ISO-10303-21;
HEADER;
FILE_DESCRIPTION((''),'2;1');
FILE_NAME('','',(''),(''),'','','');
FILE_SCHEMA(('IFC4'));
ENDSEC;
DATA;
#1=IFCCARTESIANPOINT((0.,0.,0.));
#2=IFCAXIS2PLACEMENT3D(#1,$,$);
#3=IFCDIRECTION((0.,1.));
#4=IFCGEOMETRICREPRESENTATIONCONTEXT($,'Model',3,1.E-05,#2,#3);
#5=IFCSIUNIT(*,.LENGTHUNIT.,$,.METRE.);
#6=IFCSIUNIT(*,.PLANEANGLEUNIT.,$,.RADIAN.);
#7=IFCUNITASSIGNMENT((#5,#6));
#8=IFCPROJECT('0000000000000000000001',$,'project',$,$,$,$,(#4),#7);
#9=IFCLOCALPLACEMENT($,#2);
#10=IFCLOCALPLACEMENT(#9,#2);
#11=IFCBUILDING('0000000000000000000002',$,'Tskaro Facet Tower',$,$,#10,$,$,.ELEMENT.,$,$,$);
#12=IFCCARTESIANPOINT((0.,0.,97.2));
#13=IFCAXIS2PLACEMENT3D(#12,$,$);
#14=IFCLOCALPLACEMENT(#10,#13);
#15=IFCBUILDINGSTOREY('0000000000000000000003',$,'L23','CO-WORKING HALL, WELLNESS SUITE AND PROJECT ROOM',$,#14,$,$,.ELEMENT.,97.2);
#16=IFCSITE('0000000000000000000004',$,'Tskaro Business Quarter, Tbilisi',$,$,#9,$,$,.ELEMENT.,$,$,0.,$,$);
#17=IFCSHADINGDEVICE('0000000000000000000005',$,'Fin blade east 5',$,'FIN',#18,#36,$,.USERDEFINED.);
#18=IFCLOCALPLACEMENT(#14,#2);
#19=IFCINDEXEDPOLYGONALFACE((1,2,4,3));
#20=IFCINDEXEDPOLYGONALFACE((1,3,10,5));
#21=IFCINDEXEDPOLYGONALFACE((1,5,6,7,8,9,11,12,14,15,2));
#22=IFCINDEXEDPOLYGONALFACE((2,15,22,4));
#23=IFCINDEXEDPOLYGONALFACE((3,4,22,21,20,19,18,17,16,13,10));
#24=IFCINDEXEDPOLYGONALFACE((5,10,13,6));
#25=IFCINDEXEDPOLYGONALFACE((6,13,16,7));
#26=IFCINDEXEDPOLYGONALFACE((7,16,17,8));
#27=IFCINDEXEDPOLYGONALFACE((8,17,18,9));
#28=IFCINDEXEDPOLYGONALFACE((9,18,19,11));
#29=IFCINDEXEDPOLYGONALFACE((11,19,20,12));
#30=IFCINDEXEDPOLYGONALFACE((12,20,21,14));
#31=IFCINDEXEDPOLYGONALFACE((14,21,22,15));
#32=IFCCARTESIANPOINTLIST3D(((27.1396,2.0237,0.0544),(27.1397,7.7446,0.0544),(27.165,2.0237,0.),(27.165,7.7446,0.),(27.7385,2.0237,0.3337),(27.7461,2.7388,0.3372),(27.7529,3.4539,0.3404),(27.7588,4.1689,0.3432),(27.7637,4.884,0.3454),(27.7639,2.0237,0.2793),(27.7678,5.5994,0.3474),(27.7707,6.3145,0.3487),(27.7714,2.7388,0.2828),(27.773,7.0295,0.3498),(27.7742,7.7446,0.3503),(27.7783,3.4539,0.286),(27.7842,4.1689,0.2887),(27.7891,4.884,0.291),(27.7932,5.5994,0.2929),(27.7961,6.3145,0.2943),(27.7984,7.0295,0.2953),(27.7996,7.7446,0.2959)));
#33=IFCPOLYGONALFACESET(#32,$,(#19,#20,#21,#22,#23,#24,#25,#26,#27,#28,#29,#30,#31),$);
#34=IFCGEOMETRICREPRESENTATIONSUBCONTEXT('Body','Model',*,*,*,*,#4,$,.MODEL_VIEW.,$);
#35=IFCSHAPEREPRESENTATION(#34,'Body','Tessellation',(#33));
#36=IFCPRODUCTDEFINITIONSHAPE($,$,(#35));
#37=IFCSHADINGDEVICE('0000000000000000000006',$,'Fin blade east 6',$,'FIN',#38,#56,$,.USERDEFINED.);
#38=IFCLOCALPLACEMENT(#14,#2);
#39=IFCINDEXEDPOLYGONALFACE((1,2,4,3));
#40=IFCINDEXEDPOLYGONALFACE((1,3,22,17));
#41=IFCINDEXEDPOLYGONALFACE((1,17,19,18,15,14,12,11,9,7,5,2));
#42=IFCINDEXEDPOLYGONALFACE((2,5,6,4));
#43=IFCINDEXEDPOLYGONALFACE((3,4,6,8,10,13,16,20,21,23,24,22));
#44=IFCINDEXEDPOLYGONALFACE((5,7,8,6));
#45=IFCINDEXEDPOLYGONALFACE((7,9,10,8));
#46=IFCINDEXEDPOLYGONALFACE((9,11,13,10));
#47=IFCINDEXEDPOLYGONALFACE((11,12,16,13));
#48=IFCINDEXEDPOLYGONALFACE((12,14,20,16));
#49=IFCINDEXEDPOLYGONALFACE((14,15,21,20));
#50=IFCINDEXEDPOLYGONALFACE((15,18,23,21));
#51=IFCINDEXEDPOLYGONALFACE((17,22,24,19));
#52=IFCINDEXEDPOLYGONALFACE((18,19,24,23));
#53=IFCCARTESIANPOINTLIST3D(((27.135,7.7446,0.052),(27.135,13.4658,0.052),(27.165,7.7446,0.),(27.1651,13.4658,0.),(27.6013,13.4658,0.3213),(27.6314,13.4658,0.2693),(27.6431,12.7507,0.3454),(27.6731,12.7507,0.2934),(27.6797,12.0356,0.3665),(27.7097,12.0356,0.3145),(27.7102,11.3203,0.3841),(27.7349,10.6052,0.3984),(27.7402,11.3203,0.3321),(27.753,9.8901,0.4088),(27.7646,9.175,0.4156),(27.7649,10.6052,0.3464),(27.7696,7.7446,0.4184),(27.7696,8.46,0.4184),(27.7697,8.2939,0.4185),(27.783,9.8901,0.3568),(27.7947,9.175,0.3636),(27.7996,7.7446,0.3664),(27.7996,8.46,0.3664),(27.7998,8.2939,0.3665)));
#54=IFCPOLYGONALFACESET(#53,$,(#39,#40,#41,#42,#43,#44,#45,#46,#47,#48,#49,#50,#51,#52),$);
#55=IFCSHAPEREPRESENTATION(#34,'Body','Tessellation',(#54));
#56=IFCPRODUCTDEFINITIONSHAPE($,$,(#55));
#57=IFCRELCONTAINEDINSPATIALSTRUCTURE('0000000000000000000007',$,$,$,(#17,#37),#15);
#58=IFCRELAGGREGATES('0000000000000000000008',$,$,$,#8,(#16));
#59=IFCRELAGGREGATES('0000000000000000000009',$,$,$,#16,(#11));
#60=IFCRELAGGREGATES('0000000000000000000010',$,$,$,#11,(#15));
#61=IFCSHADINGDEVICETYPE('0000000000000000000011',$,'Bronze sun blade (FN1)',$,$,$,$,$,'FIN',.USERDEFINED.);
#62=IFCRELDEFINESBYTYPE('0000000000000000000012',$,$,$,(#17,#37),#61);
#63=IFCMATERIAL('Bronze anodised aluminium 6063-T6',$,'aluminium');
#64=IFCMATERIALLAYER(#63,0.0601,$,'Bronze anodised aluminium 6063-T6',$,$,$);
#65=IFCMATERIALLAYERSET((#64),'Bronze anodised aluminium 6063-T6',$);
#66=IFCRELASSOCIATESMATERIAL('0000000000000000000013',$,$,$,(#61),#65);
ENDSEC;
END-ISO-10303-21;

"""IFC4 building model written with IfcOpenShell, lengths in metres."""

from ifc_helpers import new_model, si_unit, direction, frame, origin, place, context, subcontext, project, spatial, polyline, outline, extrude, material, layer, layer_set, type_object, element, save


model = new_model("IFC4")

# Units and contexts
model_context = context("Model", 3, precision=1e-05, world=origin(), true_north=direction((0.0, 1.0)))
body_context = subcontext(model_context, "Body", "Model", "MODEL_VIEW")
ifc_project = project(units=[si_unit("LENGTHUNIT", "METRE"), si_unit("PLANEANGLEUNIT", "RADIAN")], contexts=[model_context])

# Site, building, storey
site_placement = place(None, origin())
site = spatial("IfcSite", under=ifc_project, at=site_placement, Name="Tskaro Business Quarter, Tbilisi", CompositionType="ELEMENT", RefElevation=0.0)
building_placement = place(site_placement, origin())
building = spatial("IfcBuilding", under=site, at=building_placement, Name="Tskaro Facet Tower", CompositionType="ELEMENT")
storey_placement = place(building_placement, frame((0.0, 0.0, 97.2)))
storey = spatial("IfcBuildingStorey", under=building, at=storey_placement, Name="L23", Description="CO-WORKING HALL, WELLNESS SUITE AND PROJECT ROOM", CompositionType="ELEMENT", Elevation=97.2)

# Shared definitions
ifc_material_1 = material(Name="Bronze anodised aluminium 6063-T6", Category="aluminium")

# Shading devices
ifc_layer_1 = layer(ifc_material_1, 0.0601, Name="Bronze anodised aluminium 6063-T6")
ifc_layer_set_1 = layer_set([ifc_layer_1], Name="Bronze anodised aluminium 6063-T6")
shading_device_type = type_object("IfcShadingDeviceType", Name="Bronze sun blade (FN1)", ElementType="FIN", PredefinedType="USERDEFINED", material=ifc_layer_set_1)
shading_device_1_placement = place(storey_placement, frame((27.1396, 2.0237, 0.0544), z_axis=(-0.422625, 0.000001, 0.906305), x_axis=(0.000001, 1.0, -0.000001)))
element("IfcShadingDevice", 1, at=shading_device_1_placement, inside=storey, type_object=shading_device_type, Name="Fin blade east 5", ObjectType="FIN", PredefinedType="USERDEFINED", context=body_context, shape_type="SweptSolid", body=[
    extrude(outline(polyline([(0.0, 0.0), (5.7209, 0.0), (5.7209, -0.7001), (5.0059, -0.6988), (4.2908, -0.6963), (3.5757, -0.6931), (2.8604, -0.6885), (2.1453, -0.6832), (1.4302, -0.6766), (0.7151, -0.6691), (0.0, -0.6608), (0.0, 0.0)])), origin(), (0.0, 0.0, -1.0), 0.0601),
])
shading_device_2_placement = place(storey_placement, frame((27.135, 7.7446, 0.052), z_axis=(-0.500067, 0.000003, 0.865987), x_axis=(0.000002, 1.0, -0.000003)))
element("IfcShadingDevice", 2, at=shading_device_2_placement, inside=storey, type_object=shading_device_type, Name="Fin blade east 6", ObjectType="FIN", PredefinedType="USERDEFINED", context=body_context, shape_type="SweptSolid", body=[
    extrude(outline(polyline([(0.0, 0.0), (5.7212, 0.0), (5.7212, -0.5385), (5.0061, -0.5867), (4.291, -0.6289), (3.5757, -0.6641), (2.8606, -0.6927), (2.1455, -0.7136), (1.4304, -0.727), (0.7153, -0.7327), (0.5493, -0.733), (0.0, -0.7327), (0.0, 0.0)])), origin(), (0.0, 0.0, -1.0), 0.0601),
])

save(model, "model.ifc")
